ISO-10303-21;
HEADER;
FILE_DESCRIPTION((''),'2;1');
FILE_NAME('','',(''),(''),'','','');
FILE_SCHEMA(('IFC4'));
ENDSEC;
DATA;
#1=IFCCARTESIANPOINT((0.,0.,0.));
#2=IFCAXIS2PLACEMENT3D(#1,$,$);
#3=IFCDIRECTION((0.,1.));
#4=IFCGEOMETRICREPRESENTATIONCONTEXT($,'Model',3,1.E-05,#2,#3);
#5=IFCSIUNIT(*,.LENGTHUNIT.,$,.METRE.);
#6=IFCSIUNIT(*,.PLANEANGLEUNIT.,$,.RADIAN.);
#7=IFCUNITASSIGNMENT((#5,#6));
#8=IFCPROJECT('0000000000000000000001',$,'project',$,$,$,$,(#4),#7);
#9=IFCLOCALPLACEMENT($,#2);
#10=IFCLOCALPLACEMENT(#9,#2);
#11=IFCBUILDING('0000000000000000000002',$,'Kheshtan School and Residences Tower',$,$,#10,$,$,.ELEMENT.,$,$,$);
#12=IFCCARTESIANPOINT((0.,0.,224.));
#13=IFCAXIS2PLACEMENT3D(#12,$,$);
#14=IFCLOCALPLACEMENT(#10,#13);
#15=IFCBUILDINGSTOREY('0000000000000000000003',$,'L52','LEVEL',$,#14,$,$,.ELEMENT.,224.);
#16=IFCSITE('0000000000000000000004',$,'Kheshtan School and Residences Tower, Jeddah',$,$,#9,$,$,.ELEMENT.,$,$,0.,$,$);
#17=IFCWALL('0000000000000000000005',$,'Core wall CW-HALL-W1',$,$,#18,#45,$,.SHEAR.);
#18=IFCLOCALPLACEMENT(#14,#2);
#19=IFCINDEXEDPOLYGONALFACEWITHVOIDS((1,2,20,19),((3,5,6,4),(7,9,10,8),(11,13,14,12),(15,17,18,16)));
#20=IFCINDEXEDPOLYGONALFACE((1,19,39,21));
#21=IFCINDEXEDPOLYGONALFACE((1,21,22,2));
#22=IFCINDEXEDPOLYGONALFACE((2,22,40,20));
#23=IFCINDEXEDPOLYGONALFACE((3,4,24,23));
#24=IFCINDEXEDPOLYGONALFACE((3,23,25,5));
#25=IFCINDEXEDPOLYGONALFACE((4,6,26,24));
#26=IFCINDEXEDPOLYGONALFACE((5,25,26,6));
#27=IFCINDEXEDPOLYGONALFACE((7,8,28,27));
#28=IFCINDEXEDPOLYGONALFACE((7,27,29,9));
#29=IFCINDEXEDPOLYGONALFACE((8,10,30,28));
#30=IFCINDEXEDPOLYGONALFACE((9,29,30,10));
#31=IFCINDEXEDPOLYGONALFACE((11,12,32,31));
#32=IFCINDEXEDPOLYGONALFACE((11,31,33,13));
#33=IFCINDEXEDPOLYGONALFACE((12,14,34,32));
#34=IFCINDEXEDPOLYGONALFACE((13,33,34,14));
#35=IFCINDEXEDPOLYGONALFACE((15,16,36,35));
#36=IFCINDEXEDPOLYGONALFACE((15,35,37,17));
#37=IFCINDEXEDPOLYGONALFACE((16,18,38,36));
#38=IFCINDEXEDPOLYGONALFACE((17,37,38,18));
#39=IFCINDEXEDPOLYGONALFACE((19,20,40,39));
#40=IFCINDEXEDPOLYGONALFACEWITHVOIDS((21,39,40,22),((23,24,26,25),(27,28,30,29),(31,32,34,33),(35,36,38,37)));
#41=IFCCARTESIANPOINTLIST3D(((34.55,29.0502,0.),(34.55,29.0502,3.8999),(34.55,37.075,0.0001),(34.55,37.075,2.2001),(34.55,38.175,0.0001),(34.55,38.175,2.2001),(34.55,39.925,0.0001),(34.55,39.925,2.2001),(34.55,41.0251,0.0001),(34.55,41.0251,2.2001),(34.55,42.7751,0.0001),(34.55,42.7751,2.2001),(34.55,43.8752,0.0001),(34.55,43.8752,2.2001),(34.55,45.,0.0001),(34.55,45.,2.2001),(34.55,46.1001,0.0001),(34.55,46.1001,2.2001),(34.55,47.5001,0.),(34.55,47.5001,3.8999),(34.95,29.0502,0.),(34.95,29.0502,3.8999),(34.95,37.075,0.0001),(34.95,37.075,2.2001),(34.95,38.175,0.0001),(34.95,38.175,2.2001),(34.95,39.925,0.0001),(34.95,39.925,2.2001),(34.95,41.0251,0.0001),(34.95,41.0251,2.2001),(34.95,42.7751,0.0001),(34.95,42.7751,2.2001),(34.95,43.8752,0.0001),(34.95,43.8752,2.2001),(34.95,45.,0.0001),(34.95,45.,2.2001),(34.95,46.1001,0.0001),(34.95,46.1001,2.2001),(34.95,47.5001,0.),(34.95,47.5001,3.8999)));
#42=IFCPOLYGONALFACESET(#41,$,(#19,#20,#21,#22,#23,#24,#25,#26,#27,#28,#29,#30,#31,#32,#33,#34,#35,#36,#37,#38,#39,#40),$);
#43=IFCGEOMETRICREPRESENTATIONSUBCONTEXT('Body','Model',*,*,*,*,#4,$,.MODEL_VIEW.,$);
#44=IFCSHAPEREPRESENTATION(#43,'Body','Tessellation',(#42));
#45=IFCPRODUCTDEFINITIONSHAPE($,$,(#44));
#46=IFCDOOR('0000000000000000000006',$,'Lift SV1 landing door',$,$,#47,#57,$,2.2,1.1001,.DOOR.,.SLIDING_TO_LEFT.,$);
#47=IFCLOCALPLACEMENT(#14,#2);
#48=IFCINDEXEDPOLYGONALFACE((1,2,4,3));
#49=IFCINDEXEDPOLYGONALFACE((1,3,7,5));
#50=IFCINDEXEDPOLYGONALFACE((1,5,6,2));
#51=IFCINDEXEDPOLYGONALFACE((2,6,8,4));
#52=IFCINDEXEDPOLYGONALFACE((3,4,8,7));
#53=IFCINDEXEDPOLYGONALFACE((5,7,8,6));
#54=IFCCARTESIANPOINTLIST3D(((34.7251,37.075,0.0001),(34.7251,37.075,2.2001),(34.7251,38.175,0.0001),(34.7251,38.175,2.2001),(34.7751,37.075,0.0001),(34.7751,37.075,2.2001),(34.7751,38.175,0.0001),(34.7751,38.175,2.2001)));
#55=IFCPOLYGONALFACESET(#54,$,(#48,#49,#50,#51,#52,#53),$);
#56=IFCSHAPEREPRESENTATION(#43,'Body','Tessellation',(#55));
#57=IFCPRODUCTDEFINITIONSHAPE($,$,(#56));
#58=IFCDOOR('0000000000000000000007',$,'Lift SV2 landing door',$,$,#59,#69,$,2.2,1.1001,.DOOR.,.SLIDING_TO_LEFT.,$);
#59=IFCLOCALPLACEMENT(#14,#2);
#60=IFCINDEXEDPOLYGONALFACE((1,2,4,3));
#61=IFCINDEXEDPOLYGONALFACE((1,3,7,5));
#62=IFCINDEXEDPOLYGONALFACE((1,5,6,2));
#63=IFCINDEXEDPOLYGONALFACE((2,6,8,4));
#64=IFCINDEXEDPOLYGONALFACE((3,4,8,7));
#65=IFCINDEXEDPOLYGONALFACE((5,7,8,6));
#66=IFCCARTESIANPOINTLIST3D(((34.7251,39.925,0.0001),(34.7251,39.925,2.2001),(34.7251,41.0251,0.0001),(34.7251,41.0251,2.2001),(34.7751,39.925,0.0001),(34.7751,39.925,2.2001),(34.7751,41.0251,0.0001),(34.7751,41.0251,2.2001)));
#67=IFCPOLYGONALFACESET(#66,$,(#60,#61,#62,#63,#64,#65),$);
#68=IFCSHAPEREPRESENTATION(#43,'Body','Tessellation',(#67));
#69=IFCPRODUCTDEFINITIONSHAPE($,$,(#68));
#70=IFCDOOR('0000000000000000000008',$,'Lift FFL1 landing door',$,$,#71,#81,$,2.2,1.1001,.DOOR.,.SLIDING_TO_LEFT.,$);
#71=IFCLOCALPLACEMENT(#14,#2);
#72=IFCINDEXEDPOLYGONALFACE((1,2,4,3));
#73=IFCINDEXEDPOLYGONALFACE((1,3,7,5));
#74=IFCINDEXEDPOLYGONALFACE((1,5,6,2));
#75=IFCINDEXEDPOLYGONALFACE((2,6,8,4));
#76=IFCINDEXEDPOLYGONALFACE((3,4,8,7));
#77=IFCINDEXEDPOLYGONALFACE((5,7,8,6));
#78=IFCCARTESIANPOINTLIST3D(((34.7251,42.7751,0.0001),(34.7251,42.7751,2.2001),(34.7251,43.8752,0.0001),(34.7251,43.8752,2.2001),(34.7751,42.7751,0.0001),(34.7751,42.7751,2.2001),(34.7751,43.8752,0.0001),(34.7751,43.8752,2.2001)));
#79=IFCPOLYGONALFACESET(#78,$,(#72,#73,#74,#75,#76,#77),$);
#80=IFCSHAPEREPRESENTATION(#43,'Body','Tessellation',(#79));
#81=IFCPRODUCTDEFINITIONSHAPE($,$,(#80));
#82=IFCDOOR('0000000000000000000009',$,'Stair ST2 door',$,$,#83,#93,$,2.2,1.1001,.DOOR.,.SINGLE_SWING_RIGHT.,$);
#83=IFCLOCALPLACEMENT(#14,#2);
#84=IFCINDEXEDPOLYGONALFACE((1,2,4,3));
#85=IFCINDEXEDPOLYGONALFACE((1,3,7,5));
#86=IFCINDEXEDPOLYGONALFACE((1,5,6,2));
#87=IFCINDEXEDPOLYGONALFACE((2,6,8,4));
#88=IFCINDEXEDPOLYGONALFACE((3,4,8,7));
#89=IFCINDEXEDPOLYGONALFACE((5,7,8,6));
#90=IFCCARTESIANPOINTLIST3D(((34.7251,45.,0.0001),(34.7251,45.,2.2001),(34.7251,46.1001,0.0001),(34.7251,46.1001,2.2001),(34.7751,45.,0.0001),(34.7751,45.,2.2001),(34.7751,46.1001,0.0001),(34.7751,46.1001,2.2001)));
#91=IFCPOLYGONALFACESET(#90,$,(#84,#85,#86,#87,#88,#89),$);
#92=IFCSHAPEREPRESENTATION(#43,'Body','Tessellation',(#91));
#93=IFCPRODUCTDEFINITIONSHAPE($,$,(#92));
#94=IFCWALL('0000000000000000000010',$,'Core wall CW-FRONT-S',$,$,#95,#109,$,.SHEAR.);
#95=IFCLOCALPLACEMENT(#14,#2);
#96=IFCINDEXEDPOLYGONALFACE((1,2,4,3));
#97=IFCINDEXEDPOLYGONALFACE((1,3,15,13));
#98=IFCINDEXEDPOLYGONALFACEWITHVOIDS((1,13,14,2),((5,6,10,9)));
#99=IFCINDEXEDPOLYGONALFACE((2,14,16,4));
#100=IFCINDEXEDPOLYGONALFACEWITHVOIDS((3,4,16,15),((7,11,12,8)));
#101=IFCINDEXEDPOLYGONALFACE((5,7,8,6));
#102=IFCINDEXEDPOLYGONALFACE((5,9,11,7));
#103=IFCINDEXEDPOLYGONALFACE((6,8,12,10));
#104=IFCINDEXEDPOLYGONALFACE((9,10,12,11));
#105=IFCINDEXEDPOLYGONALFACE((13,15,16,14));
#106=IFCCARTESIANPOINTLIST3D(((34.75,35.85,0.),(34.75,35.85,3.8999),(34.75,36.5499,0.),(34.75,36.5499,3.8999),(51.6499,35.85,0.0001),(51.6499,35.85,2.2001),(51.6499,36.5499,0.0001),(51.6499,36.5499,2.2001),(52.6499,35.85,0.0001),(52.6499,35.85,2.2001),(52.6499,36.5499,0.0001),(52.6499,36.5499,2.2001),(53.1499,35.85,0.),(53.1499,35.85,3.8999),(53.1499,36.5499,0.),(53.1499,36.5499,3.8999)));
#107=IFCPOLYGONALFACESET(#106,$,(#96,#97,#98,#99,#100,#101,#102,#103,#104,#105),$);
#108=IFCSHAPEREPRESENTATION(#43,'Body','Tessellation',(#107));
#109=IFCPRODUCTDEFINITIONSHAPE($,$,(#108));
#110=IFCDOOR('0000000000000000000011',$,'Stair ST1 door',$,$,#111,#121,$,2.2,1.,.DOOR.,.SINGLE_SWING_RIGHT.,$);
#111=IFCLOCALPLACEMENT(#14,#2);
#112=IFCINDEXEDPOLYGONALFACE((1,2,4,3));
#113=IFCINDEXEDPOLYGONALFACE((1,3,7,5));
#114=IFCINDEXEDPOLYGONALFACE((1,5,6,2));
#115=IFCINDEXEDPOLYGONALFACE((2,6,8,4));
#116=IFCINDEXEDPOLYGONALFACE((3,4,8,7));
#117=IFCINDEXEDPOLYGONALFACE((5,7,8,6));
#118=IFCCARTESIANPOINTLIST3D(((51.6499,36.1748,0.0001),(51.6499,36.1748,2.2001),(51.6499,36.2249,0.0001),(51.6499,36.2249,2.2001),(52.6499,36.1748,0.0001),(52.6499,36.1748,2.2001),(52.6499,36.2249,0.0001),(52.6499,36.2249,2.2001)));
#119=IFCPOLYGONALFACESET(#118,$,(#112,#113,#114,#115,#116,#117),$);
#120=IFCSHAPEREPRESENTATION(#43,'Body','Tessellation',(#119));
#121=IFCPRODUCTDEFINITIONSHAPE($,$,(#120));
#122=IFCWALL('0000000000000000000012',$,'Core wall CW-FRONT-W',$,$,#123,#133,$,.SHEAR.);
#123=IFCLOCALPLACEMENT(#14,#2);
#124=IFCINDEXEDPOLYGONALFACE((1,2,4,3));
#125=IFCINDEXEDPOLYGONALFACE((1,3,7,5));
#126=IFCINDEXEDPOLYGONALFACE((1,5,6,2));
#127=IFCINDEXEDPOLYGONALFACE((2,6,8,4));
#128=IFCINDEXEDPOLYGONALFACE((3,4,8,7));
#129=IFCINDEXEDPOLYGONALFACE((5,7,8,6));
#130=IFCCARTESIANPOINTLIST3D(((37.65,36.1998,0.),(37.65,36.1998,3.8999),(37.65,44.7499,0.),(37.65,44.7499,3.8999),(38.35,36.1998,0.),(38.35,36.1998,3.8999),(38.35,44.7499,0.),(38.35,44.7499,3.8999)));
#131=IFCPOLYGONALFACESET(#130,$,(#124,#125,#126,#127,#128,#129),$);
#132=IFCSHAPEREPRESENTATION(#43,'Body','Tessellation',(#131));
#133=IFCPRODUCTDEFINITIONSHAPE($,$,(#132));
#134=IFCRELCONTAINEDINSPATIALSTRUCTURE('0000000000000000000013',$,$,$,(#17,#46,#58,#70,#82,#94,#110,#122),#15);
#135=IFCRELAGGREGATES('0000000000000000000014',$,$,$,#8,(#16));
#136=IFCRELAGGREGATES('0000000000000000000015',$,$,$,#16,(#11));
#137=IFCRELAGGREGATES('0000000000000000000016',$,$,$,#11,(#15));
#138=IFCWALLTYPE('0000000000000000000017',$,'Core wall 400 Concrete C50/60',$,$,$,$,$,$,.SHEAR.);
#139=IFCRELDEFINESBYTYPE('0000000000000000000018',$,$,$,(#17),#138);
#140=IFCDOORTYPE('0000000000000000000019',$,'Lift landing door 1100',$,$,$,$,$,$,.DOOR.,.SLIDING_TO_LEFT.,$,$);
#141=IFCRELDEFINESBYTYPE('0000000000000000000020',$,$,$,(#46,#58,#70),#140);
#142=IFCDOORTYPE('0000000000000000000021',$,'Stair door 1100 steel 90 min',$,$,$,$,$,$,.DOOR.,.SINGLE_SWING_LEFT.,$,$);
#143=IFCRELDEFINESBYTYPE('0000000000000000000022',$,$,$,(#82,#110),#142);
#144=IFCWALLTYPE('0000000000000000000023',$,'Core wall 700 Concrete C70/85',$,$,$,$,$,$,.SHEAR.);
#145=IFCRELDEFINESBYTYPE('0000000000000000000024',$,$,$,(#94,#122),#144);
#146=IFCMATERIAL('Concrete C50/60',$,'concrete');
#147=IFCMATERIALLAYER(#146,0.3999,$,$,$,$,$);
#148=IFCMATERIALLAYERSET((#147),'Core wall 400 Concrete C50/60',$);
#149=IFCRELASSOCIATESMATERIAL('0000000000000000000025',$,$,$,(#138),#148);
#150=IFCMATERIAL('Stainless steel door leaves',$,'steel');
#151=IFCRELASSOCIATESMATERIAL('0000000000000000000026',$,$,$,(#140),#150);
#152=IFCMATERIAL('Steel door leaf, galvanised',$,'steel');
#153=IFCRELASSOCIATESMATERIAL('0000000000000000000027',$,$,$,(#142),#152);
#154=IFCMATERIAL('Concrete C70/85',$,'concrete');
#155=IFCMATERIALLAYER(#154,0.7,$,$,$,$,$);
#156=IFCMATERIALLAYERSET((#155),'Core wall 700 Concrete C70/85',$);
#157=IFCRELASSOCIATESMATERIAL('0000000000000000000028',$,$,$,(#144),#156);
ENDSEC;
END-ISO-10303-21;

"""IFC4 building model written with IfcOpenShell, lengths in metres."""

from ifc_helpers import new_model, si_unit, direction, frame, frame_2d, origin, place, context, subcontext, project, spatial, rectangle, extrude, source, transform, mapped, material, layer, layer_set, type_object, element, fill, save


model = new_model("IFC4")

# Units and contexts
model_context = context("Model", 3, precision=1e-05, world=origin(), true_north=direction((0.0, 1.0)))
body_context = subcontext(model_context, "Body", "Model", "MODEL_VIEW")
ifc_project = project(units=[si_unit("LENGTHUNIT", "METRE"), si_unit("PLANEANGLEUNIT", "RADIAN")], contexts=[model_context])

# Site, building, storey
site_placement = place(None, origin())
site = spatial("IfcSite", under=ifc_project, at=site_placement, Name="Kheshtan School and Residences Tower, Jeddah", CompositionType="ELEMENT", RefElevation=0.0)
building_placement = place(site_placement, origin())
building = spatial("IfcBuilding", under=site, at=building_placement, Name="Kheshtan School and Residences Tower", CompositionType="ELEMENT")
storey_placement = place(building_placement, frame((0.0, 0.0, 224.0)))
storey = spatial("IfcBuildingStorey", under=building, at=storey_placement, Name="L52", Description="LEVEL", CompositionType="ELEMENT", Elevation=224.0)

# Shared definitions
ifc_material_1 = material(Name="Concrete C50/60", Category="concrete")
ifc_layer_1 = layer(ifc_material_1, 0.3999)
ifc_layer_set_1 = layer_set([ifc_layer_1], Name="Core wall 400 Concrete C50/60")
wall_type_1 = type_object("IfcWallType", Name="Core wall 400 Concrete C50/60", PredefinedType="SHEAR", material=ifc_layer_set_1)
ifc_material_2 = material(Name="Stainless steel door leaves", Category="steel")
door_type_1 = type_object("IfcDoorType", Name="Lift landing door 1100", OperationType="SLIDING_TO_LEFT", PredefinedType="DOOR", material=ifc_material_2)
shared_shape_1 = source(origin(), body_context, "Body", "SweptSolid", [
    extrude(rectangle(XDim=1.1001, YDim=2.2, at=frame_2d((0.55, 1.1001))), frame((0.0, 0.0249, 0.0), z_axis=(0.0, -1.0, 0.0), x_axis=(1.0, 0.0, 0.0)), (0.0, 0.0, 1.0), 0.05),
])

# Wall, openings, doors
wall_1_placement = place(storey_placement, frame((34.75, 29.05, 0.0), z_axis=(0.0, 0.0, 1.0), x_axis=(0.0, 1.0, 0.0)))
wall_1 = element("IfcWall", 1, at=wall_1_placement, inside=storey, type_object=wall_type_1, Name="Core wall CW-HALL-W1", PredefinedType="SHEAR", context=body_context, shape_type="SweptSolid", body=[
    extrude(rectangle(XDim=18.45, YDim=0.3999, at=frame_2d((9.2251, 0.0))), origin(), (0.0, 0.0, 1.0), 3.8999),
])
opening_1_placement = place(wall_1_placement, frame((8.0249, 0.0, 0.0)))
opening_1 = element("IfcOpeningElement", 2, at=opening_1_placement, cuts=wall_1, PredefinedType="OPENING", context=body_context, shape_type="SweptSolid", body=[
    extrude(rectangle(XDim=1.1001, YDim=2.2, at=frame_2d((0.55, 1.1001))), frame((0.0, 0.21, 0.0), z_axis=(0.0, -1.0, 0.0), x_axis=(1.0, 0.0, 0.0)), (0.0, 0.0, 1.0), 0.4199),
])
opening_2_placement = place(wall_1_placement, frame((10.875, 0.0, 0.0)))
opening_2 = element("IfcOpeningElement", 3, at=opening_2_placement, cuts=wall_1, PredefinedType="OPENING", context=body_context, shape_type="SweptSolid", body=[
    extrude(rectangle(XDim=1.1001, YDim=2.2, at=frame_2d((0.55, 1.1001))), frame((0.0, 0.21, 0.0), z_axis=(0.0, -1.0, 0.0), x_axis=(1.0, 0.0, 0.0)), (0.0, 0.0, 1.0), 0.4199),
])
opening_3_placement = place(wall_1_placement, frame((13.7251, 0.0, 0.0)))
opening_3 = element("IfcOpeningElement", 4, at=opening_3_placement, cuts=wall_1, PredefinedType="OPENING", context=body_context, shape_type="SweptSolid", body=[
    extrude(rectangle(XDim=1.1001, YDim=2.2, at=frame_2d((0.55, 1.1001))), frame((0.0, 0.21, 0.0), z_axis=(0.0, -1.0, 0.0), x_axis=(1.0, 0.0, 0.0)), (0.0, 0.0, 1.0), 0.4199),
])
opening_4_placement = place(wall_1_placement, frame((15.95, 0.0, 0.0)))
opening_4 = element("IfcOpeningElement", 5, at=opening_4_placement, cuts=wall_1, PredefinedType="OPENING", context=body_context, shape_type="SweptSolid", body=[
    extrude(rectangle(XDim=1.1001, YDim=2.2, at=frame_2d((0.55, 1.1001))), frame((0.0, 0.21, 0.0), z_axis=(0.0, -1.0, 0.0), x_axis=(1.0, 0.0, 0.0)), (0.0, 0.0, 1.0), 0.4199),
])
door_1_placement = place(opening_1_placement, origin())
door_1 = element("IfcDoor", 6, at=door_1_placement, inside=storey, type_object=door_type_1, Name="Lift SV1 landing door", OperationType="SLIDING_TO_LEFT", OverallHeight=2.2, OverallWidth=1.1001, PredefinedType="DOOR", context=body_context, shape_type="MappedRepresentation", body=[
    mapped(shared_shape_1, transform((0.0, 0.0, 0.0), x_axis=(1.0, 0.0, 0.0), y_axis=(0.0, 1.0, 0.0), z_axis=(0.0, 0.0, 1.0), scale=1.0)),
])
fill(opening_1, door_1)
door_2_placement = place(opening_2_placement, origin())
door_2 = element("IfcDoor", 7, at=door_2_placement, inside=storey, type_object=door_type_1, Name="Lift SV2 landing door", OperationType="SLIDING_TO_LEFT", OverallHeight=2.2, OverallWidth=1.1001, PredefinedType="DOOR", context=body_context, shape_type="MappedRepresentation", body=[
    mapped(shared_shape_1, transform((0.0, 0.0, 0.0), x_axis=(1.0, 0.0, 0.0), y_axis=(0.0, 1.0, 0.0), z_axis=(0.0, 0.0, 1.0), scale=1.0)),
])
fill(opening_2, door_2)
door_3_placement = place(opening_3_placement, origin())
door_3 = element("IfcDoor", 8, at=door_3_placement, inside=storey, type_object=door_type_1, Name="Lift FFL1 landing door", OperationType="SLIDING_TO_LEFT", OverallHeight=2.2, OverallWidth=1.1001, PredefinedType="DOOR", context=body_context, shape_type="MappedRepresentation", body=[
    mapped(shared_shape_1, transform((0.0, 0.0, 0.0), x_axis=(1.0, 0.0, 0.0), y_axis=(0.0, 1.0, 0.0), z_axis=(0.0, 0.0, 1.0), scale=1.0)),
])
fill(opening_3, door_3)
ifc_material_3 = material(Name="Steel door leaf, galvanised", Category="steel")
door_type_2 = type_object("IfcDoorType", Name="Stair door 1100 steel 90 min", OperationType="SINGLE_SWING_LEFT", PredefinedType="DOOR", material=ifc_material_3)
shared_shape_2 = source(origin(), body_context, "Body", "SweptSolid", [
    extrude(rectangle(XDim=1.1001, YDim=2.2, at=frame_2d((0.55, 1.1001))), frame((0.0, 0.0249, 0.0), z_axis=(0.0, -1.0, 0.0), x_axis=(1.0, 0.0, 0.0)), (0.0, 0.0, 1.0), 0.05),
])
door_4_placement = place(opening_4_placement, origin())
door_4 = element("IfcDoor", 9, at=door_4_placement, inside=storey, type_object=door_type_2, Name="Stair ST2 door", OperationType="SINGLE_SWING_RIGHT", OverallHeight=2.2, OverallWidth=1.1001, PredefinedType="DOOR", context=body_context, shape_type="MappedRepresentation", body=[
    mapped(shared_shape_2, transform((0.0, 0.0, 0.0), x_axis=(1.0, 0.0, 0.0), y_axis=(0.0, 1.0, 0.0), z_axis=(0.0, 0.0, 1.0), scale=1.0)),
])
fill(opening_4, door_4)

# Wall, opening, door
ifc_material_4 = material(Name="Concrete C70/85", Category="concrete")
ifc_layer_2 = layer(ifc_material_4, 0.7)
ifc_layer_set_2 = layer_set([ifc_layer_2], Name="Core wall 700 Concrete C70/85")
wall_type_2 = type_object("IfcWallType", Name="Core wall 700 Concrete C70/85", PredefinedType="SHEAR", material=ifc_layer_set_2)
wall_2_placement = place(storey_placement, frame((34.75, 36.2, 0.0), z_axis=(0.0, 0.0, 1.0), x_axis=(1.0, 0.0, 0.0)))
wall_2 = element("IfcWall", 10, at=wall_2_placement, inside=storey, type_object=wall_type_2, Name="Core wall CW-FRONT-S", PredefinedType="SHEAR", context=body_context, shape_type="SweptSolid", body=[
    extrude(rectangle(XDim=18.3999, YDim=0.7, at=frame_2d((9.2, 0.0))), origin(), (0.0, 0.0, 1.0), 3.8999),
])
opening_5_placement = place(wall_2_placement, frame((16.8999, 0.0, 0.0)))
opening_5 = element("IfcOpeningElement", 11, at=opening_5_placement, cuts=wall_2, PredefinedType="OPENING", context=body_context, shape_type="SweptSolid", body=[
    extrude(rectangle(XDim=1.0, YDim=2.2, at=frame_2d((0.5, 1.1001))), frame((0.0, 0.3599, 0.0), z_axis=(0.0, -1.0, 0.0), x_axis=(1.0, 0.0, 0.0)), (0.0, 0.0, 1.0), 0.72),
])
shared_shape_3 = source(origin(), body_context, "Body", "SweptSolid", [
    extrude(rectangle(XDim=1.0, YDim=2.2, at=frame_2d((0.5, 1.1001))), frame((0.0, 0.0249, 0.0), z_axis=(0.0, -1.0, 0.0), x_axis=(1.0, 0.0, 0.0)), (0.0, 0.0, 1.0), 0.05),
])
door_5_placement = place(opening_5_placement, origin())
door_5 = element("IfcDoor", 12, at=door_5_placement, inside=storey, type_object=door_type_2, Name="Stair ST1 door", OperationType="SINGLE_SWING_RIGHT", OverallHeight=2.2, OverallWidth=1.0, PredefinedType="DOOR", context=body_context, shape_type="MappedRepresentation", body=[
    mapped(shared_shape_3, transform((0.0, 0.0, 0.0), x_axis=(1.0, 0.0, 0.0), y_axis=(0.0, 1.0, 0.0), z_axis=(0.0, 0.0, 1.0), scale=1.0)),
])
fill(opening_5, door_5)

# Wall
wall_3_placement = place(storey_placement, frame((38.0, 36.2, 0.0), z_axis=(0.0, 0.0, 1.0), x_axis=(0.0, 1.0, 0.0)))
element("IfcWall", 13, at=wall_3_placement, inside=storey, type_object=wall_type_2, Name="Core wall CW-FRONT-W", PredefinedType="SHEAR", context=body_context, shape_type="SweptSolid", body=[
    extrude(rectangle(XDim=8.55, YDim=0.7, at=frame_2d((4.2749, 0.0))), origin(), (0.0, 0.0, 1.0), 3.8999),
])

save(model, "model.ifc")
